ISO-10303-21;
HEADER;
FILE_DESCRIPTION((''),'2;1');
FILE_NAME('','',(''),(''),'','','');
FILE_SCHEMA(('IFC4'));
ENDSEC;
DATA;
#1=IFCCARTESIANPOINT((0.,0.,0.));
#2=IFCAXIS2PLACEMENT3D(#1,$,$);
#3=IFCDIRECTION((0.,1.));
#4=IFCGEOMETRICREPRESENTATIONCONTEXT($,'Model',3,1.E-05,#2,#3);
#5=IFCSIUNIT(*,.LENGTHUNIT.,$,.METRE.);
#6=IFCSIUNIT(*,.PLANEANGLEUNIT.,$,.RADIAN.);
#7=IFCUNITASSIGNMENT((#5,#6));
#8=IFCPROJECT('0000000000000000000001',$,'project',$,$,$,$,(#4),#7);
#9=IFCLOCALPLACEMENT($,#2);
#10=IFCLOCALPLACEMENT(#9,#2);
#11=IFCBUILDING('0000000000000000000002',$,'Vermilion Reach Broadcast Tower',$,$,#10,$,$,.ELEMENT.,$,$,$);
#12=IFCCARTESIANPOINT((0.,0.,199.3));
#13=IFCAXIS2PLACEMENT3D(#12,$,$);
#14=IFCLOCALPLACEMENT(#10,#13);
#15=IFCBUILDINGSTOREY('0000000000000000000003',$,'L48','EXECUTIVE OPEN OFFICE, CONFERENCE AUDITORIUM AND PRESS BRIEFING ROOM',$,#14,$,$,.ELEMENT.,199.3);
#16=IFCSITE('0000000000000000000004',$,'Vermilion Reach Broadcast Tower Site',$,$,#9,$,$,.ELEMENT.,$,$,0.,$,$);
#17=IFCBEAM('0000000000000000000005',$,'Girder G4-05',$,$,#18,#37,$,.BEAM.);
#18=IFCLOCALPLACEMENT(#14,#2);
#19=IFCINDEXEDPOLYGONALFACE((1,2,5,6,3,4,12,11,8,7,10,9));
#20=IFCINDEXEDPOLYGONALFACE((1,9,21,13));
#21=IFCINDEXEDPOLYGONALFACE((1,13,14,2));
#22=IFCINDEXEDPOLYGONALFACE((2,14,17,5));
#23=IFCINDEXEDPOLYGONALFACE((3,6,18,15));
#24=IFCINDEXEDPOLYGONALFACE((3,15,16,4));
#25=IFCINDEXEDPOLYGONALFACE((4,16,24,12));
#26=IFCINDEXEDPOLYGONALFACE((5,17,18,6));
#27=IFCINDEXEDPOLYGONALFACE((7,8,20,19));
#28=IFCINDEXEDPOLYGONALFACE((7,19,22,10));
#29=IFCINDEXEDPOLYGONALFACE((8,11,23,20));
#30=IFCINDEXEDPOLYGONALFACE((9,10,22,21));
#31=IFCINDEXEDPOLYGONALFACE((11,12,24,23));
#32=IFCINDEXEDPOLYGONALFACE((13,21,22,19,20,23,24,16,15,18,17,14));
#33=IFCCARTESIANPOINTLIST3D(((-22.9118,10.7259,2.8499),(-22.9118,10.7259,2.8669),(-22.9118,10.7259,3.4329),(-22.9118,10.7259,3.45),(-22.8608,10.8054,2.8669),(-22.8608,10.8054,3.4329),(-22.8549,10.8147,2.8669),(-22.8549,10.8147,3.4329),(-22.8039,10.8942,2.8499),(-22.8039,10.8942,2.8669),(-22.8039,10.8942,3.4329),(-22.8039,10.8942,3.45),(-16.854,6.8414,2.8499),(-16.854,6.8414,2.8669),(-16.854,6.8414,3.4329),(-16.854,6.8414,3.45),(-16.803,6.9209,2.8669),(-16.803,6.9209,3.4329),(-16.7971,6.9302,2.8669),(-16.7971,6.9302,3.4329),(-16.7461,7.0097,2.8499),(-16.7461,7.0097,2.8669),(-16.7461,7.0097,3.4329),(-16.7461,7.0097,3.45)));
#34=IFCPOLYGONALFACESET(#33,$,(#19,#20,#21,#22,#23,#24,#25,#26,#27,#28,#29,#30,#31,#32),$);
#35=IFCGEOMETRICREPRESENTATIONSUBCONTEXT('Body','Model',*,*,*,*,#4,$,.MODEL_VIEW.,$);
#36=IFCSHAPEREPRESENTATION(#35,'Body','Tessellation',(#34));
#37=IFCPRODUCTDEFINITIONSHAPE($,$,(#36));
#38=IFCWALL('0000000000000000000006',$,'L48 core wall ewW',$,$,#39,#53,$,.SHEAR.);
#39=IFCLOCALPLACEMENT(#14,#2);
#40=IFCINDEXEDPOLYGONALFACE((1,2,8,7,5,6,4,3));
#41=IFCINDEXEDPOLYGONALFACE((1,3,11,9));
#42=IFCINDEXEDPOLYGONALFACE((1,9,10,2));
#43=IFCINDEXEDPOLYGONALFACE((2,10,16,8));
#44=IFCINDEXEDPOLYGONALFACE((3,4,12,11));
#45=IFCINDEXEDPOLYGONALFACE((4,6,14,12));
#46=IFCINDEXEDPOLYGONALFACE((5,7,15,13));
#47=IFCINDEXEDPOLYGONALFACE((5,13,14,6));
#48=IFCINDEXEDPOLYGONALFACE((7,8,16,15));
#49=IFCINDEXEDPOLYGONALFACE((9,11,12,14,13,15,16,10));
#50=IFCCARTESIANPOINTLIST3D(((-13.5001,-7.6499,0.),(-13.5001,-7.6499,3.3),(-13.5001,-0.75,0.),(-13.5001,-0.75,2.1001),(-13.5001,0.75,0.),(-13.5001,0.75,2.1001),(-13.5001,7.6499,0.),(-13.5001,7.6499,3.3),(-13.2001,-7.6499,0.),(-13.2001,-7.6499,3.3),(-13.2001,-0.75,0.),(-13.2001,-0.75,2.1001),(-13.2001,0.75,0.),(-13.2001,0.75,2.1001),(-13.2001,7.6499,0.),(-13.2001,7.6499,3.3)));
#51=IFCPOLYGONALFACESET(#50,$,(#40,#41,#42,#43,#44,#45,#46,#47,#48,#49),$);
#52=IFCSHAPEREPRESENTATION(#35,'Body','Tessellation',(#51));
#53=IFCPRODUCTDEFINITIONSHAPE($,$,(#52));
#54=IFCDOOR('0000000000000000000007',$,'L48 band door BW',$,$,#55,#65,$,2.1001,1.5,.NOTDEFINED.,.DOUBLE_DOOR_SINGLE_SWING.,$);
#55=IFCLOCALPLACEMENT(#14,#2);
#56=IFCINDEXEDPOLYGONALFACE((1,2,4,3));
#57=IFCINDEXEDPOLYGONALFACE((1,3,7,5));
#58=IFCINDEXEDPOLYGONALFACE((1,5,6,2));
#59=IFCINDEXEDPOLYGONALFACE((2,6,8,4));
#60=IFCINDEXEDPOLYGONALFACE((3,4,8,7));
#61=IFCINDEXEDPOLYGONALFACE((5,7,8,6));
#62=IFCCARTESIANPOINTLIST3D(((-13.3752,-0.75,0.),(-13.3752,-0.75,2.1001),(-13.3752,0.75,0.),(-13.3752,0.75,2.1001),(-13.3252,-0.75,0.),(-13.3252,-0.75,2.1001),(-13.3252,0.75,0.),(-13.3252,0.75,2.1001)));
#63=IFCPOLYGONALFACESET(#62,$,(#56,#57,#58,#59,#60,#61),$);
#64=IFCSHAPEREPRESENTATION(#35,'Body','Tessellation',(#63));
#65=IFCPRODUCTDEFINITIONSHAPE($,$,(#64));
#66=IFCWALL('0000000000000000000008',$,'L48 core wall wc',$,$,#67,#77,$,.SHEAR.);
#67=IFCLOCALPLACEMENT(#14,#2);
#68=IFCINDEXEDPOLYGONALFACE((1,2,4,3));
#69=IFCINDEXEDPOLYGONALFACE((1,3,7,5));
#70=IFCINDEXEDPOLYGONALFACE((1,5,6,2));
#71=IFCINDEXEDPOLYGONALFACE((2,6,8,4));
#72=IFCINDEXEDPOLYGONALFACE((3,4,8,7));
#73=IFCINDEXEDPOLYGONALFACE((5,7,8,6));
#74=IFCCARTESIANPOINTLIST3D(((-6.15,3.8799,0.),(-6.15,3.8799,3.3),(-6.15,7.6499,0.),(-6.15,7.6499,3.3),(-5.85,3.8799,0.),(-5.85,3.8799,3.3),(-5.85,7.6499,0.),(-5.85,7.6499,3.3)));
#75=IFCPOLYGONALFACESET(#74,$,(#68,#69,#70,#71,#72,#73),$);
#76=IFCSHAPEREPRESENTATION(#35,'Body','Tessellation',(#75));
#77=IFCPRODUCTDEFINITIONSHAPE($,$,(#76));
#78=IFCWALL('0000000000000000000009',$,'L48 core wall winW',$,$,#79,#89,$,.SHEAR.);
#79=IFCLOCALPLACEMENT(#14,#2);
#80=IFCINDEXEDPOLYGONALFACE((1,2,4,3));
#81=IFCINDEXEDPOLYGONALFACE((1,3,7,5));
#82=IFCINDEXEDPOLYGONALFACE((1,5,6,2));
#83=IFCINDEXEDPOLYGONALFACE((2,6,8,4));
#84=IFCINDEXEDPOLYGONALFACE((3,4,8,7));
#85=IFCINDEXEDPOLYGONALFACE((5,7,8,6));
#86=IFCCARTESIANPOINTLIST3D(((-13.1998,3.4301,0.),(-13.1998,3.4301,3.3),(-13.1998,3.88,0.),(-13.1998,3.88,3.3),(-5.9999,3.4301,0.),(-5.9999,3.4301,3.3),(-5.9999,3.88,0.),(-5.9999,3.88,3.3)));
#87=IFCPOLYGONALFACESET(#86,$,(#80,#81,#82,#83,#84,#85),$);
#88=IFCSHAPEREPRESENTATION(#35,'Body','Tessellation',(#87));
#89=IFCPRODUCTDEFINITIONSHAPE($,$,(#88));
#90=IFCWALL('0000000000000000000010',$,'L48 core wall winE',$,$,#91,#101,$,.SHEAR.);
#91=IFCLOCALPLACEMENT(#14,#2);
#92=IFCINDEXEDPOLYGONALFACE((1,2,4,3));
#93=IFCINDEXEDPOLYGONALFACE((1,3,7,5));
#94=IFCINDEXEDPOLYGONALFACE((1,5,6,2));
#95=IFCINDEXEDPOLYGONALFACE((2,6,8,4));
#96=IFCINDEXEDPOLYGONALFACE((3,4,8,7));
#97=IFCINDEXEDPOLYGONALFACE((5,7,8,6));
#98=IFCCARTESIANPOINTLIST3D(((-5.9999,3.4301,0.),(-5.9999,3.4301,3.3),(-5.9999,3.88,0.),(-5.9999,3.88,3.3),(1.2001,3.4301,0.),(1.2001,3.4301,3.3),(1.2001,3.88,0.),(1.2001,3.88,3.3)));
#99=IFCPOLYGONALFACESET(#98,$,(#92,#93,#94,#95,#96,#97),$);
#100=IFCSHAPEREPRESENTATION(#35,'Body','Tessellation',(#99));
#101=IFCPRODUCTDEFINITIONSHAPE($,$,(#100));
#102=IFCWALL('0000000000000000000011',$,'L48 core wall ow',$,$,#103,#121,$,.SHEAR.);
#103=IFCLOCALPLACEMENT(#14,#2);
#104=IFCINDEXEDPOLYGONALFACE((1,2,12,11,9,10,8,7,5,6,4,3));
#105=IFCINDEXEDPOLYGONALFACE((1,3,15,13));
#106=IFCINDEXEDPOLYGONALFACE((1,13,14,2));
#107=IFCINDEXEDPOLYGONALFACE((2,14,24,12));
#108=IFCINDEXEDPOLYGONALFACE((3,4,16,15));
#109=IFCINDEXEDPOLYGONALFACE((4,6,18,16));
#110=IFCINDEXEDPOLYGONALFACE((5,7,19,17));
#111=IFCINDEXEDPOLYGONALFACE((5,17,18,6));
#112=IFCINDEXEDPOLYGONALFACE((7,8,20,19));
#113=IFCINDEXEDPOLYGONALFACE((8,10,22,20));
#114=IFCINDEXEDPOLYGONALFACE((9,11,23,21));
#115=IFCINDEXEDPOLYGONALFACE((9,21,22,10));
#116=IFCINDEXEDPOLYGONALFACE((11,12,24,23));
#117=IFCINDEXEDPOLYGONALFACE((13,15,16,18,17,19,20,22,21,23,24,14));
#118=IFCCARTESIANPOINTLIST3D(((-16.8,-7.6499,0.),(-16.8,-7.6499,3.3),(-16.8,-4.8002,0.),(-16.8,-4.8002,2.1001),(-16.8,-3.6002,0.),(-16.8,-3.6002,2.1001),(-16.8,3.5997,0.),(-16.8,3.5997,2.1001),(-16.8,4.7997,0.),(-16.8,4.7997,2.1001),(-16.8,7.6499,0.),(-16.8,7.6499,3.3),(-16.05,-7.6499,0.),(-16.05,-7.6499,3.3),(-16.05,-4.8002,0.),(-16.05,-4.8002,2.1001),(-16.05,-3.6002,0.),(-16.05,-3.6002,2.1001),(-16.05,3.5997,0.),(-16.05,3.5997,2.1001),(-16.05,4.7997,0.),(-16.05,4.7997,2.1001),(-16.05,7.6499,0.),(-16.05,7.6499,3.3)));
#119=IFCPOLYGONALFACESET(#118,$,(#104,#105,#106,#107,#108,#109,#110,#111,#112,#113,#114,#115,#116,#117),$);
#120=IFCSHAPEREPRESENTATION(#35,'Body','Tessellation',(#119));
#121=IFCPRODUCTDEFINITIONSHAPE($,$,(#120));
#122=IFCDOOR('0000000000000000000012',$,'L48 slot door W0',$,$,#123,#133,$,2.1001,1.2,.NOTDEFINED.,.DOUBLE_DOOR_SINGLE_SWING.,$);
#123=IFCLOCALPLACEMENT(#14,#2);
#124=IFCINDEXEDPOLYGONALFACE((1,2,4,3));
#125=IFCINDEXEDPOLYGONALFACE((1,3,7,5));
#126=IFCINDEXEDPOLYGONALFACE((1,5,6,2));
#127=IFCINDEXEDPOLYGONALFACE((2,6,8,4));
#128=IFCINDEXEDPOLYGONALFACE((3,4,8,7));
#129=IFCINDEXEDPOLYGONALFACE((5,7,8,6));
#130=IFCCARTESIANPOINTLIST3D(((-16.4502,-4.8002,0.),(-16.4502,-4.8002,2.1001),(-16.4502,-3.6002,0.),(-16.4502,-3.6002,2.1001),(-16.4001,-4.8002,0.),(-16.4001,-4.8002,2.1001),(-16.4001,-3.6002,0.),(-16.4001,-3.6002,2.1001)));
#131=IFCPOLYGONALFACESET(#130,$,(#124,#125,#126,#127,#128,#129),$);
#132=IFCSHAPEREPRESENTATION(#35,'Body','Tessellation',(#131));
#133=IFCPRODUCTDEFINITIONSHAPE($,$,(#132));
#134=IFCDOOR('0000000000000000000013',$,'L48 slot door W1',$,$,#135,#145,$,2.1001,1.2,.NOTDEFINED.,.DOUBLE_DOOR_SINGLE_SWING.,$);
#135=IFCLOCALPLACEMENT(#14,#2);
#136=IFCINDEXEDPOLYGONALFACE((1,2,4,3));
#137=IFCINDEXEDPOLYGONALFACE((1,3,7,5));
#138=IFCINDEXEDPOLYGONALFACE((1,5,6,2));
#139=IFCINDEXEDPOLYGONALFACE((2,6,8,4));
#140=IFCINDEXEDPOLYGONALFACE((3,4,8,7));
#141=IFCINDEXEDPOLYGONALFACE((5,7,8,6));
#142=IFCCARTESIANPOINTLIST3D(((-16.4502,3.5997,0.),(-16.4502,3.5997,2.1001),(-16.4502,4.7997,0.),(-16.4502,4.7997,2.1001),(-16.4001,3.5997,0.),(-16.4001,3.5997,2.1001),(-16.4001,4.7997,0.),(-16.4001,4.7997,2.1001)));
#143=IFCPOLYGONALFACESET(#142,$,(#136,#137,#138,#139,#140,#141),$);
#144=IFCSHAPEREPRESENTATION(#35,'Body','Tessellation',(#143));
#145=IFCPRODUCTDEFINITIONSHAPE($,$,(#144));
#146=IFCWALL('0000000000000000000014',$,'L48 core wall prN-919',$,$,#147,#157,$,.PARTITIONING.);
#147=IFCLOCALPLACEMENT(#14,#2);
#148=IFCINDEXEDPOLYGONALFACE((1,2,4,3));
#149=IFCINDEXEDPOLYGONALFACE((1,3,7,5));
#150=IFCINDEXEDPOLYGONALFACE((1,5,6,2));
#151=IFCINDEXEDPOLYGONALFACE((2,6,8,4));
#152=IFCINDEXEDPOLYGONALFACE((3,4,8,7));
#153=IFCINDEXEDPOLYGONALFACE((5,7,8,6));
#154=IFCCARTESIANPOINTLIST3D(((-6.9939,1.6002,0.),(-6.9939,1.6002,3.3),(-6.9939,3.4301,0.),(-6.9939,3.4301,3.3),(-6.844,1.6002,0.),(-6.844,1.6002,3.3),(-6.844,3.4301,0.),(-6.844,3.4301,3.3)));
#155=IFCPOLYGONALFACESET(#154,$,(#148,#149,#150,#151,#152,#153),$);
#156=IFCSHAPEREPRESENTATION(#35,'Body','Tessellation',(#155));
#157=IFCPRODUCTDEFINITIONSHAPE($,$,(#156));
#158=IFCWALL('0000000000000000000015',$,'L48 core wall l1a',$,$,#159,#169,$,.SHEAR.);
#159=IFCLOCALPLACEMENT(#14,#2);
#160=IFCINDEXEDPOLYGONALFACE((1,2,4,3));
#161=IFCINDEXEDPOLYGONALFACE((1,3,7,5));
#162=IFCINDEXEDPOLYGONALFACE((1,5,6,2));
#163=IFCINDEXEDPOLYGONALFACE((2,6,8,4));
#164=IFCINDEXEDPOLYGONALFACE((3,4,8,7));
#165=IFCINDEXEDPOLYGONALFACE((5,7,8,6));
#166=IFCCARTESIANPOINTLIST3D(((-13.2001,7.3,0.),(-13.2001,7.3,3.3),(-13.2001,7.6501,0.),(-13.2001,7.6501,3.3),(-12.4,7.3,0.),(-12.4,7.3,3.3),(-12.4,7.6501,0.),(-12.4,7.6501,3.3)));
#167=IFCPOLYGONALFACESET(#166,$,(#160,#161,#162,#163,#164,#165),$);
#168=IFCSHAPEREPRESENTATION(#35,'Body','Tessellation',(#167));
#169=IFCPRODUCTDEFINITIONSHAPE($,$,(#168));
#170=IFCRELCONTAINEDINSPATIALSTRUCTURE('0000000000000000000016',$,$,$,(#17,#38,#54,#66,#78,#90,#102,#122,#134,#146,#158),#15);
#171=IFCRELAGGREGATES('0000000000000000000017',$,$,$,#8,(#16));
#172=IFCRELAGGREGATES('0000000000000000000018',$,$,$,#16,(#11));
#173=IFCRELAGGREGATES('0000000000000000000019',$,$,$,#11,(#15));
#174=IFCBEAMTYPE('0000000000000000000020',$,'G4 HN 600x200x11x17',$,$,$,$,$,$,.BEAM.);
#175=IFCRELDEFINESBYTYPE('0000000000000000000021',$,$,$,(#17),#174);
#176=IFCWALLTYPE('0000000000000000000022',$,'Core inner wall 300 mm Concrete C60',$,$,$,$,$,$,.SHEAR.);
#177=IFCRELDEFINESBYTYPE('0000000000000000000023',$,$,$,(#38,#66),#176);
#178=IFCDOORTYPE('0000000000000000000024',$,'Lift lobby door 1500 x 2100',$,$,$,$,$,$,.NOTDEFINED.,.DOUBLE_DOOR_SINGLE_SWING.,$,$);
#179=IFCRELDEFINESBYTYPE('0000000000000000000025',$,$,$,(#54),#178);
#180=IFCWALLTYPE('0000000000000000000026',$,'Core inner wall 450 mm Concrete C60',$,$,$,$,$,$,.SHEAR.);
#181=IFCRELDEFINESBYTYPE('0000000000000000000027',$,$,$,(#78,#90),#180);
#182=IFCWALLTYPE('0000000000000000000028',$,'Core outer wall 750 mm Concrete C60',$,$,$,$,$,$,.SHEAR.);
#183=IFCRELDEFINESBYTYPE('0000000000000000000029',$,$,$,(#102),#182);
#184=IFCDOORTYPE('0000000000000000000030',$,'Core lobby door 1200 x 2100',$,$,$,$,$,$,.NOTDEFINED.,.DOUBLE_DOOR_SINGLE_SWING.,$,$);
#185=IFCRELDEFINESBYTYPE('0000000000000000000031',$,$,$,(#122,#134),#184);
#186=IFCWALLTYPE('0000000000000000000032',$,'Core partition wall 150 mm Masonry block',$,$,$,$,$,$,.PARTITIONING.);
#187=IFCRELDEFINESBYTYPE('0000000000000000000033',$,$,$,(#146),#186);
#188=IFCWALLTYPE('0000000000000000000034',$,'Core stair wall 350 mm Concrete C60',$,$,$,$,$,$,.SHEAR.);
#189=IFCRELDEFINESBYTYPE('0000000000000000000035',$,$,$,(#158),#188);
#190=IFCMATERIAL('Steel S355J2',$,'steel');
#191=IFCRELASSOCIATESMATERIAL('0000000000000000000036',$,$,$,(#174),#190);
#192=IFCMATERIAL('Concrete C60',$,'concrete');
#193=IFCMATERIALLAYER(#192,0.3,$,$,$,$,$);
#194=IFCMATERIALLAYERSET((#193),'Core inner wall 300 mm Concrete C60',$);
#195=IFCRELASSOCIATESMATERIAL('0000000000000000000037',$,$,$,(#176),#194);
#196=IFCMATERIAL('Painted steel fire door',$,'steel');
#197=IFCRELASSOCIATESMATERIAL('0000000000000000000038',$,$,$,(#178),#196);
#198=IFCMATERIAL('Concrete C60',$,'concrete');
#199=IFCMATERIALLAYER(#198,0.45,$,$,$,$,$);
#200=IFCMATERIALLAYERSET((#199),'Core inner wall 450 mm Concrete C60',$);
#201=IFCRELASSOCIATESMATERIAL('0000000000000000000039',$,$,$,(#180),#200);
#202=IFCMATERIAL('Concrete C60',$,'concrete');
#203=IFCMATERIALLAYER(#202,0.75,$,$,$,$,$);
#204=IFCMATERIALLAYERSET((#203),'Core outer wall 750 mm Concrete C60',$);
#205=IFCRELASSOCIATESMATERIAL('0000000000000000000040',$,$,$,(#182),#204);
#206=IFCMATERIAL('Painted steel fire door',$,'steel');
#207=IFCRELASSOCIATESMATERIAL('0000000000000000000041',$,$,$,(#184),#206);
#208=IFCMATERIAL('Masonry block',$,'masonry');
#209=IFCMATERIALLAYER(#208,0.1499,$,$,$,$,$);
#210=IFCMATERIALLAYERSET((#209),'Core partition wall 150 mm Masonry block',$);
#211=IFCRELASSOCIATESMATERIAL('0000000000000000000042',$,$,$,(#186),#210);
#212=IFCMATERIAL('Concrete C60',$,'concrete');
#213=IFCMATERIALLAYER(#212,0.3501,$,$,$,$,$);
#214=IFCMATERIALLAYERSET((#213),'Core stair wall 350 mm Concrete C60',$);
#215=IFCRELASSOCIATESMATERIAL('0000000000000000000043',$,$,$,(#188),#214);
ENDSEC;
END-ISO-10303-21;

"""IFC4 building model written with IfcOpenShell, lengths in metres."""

from ifc_helpers import new_model, si_unit, direction, frame, frame_2d, origin, origin_2d, place, context, subcontext, project, spatial, rectangle, i_section, extrude, material, layer, layer_set, material_profile, profile_set, type_object, element, fill, save


model = new_model("IFC4")

# Units and contexts
model_context = context("Model", 3, precision=1e-05, world=origin(), true_north=direction((0.0, 1.0)))
body_context = subcontext(model_context, "Body", "Model", "MODEL_VIEW")
ifc_project = project(units=[si_unit("LENGTHUNIT", "METRE"), si_unit("PLANEANGLEUNIT", "RADIAN")], contexts=[model_context])

# Site, building, storey
site_placement = place(None, origin())
site = spatial("IfcSite", under=ifc_project, at=site_placement, Name="Vermilion Reach Broadcast Tower Site", CompositionType="ELEMENT", RefElevation=0.0)
building_placement = place(site_placement, origin())
building = spatial("IfcBuilding", under=site, at=building_placement, Name="Vermilion Reach Broadcast Tower", CompositionType="ELEMENT")
storey_placement = place(building_placement, frame((0.0, 0.0, 199.3)))
storey = spatial("IfcBuildingStorey", under=building, at=storey_placement, Name="L48", Description="EXECUTIVE OPEN OFFICE, CONFERENCE AUDITORIUM AND PRESS BRIEFING ROOM", CompositionType="ELEMENT", Elevation=199.3)

# Beam
ifc_material_1 = material(Name="Steel S355J2", Category="steel")
ifc_material_profile = material_profile(ifc_material_1, i_section(OverallWidth=0.2, OverallDepth=0.6001, WebThickness=0.011, FlangeThickness=0.0171, at=origin_2d()), Name="S355J2 HN 600x200x11x17")
ifc_profile_set = profile_set([ifc_material_profile], Name="Steel S355J2")
beam_type = type_object("IfcBeamType", Name="G4 HN 600x200x11x17", PredefinedType="BEAM", material=ifc_profile_set)
beam_placement = place(storey_placement, frame((-16.8, 6.9255, 3.1499), z_axis=(-0.841799, 0.539792, 0.0), x_axis=(-0.539792, -0.841799, 0.0)))
element("IfcBeam", 1, at=beam_placement, inside=storey, type_object=beam_type, Name="Girder G4-05", PredefinedType="BEAM", context=body_context, shape_type="SweptSolid", body=[
    extrude(i_section(OverallWidth=0.2, OverallDepth=0.6001, WebThickness=0.011, FlangeThickness=0.0171, at=origin_2d()), origin(), (0.0, 0.0, 1.0), 7.1963),
])

# Wall, opening, door
ifc_material_2 = material(Name="Concrete C60", Category="concrete")
ifc_layer_1 = layer(ifc_material_2, 0.3)
ifc_layer_set_1 = layer_set([ifc_layer_1], Name="Core inner wall 300 mm Concrete C60")
wall_type_1 = type_object("IfcWallType", Name="Core inner wall 300 mm Concrete C60", PredefinedType="SHEAR", material=ifc_layer_set_1)
wall_1_placement = place(storey_placement, frame((-13.3501, 7.6499, 0.0), z_axis=(0.0, 0.0, 1.0), x_axis=(0.0, -1.0, 0.0)))
wall_1 = element("IfcWall", 2, at=wall_1_placement, inside=storey, type_object=wall_type_1, Name="L48 core wall ewW", PredefinedType="SHEAR", context=body_context, shape_type="SweptSolid", body=[
    extrude(rectangle(XDim=15.2998, YDim=0.3, at=frame_2d((7.6499, 0.0))), origin(), (0.0, 0.0, 1.0), 3.3),
])
opening_1_placement = place(wall_1_placement, frame((6.8999, 0.0, 0.0)))
opening_1 = element("IfcOpeningElement", 3, at=opening_1_placement, cuts=wall_1, PredefinedType="OPENING", context=body_context, shape_type="SweptSolid", body=[
    extrude(rectangle(XDim=1.5, YDim=2.1001, at=frame_2d((0.75, 1.05))), frame((0.0, 0.1599, 0.0), z_axis=(0.0, -1.0, 0.0), x_axis=(1.0, 0.0, 0.0)), (0.0, 0.0, 1.0), 0.3201),
])
ifc_material_3 = material(Name="Painted steel fire door", Category="steel")
door_type_1 = type_object("IfcDoorType", Name="Lift lobby door 1500 x 2100", OperationType="DOUBLE_DOOR_SINGLE_SWING", PredefinedType="NOTDEFINED", material=ifc_material_3)
door_1_placement = place(opening_1_placement, origin())
door_1 = element("IfcDoor", 4, at=door_1_placement, inside=storey, type_object=door_type_1, Name="L48 band door BW", OperationType="DOUBLE_DOOR_SINGLE_SWING", OverallHeight=2.1001, OverallWidth=1.5, PredefinedType="NOTDEFINED", context=body_context, shape_type="SweptSolid", body=[
    extrude(rectangle(XDim=1.5, YDim=2.1001, at=frame_2d((0.75, 1.05))), frame((0.0, 0.0249, 0.0), z_axis=(0.0, -1.0, 0.0), x_axis=(1.0, 0.0, 0.0)), (0.0, 0.0, 1.0), 0.05),
])
fill(opening_1, door_1)

# Walls
wall_2_placement = place(storey_placement, frame((-6.0, 3.8799, 0.0), z_axis=(0.0, 0.0, 1.0), x_axis=(0.0, 1.0, 0.0)))
element("IfcWall", 5, at=wall_2_placement, inside=storey, type_object=wall_type_1, Name="L48 core wall wc", PredefinedType="SHEAR", context=body_context, shape_type="SweptSolid", body=[
    extrude(rectangle(XDim=3.77, YDim=0.3, at=frame_2d((1.885, 0.0))), origin(), (0.0, 0.0, 1.0), 3.3),
])
ifc_material_4 = material(Name="Concrete C60", Category="concrete")
ifc_layer_2 = layer(ifc_material_4, 0.45)
ifc_layer_set_2 = layer_set([ifc_layer_2], Name="Core inner wall 450 mm Concrete C60")
wall_type_2 = type_object("IfcWallType", Name="Core inner wall 450 mm Concrete C60", PredefinedType="SHEAR", material=ifc_layer_set_2)
for number, where, z_axis, x_axis, name in (
    (6, (-13.2, 3.655, 0.0), (0.0, 0.0, 1.0), (1.0, 0.0, 0.0), "L48 core wall winW"),
    (7, (-6.0, 3.655, 0.0), (0.0, 0.0, 1.0), (1.0, 0.0, 0.0), "L48 core wall winE"),
):
    element("IfcWall", number, at=place(storey_placement, frame(where, z_axis=z_axis, x_axis=x_axis)), inside=storey, type_object=wall_type_2, Name=name, PredefinedType="SHEAR", context=body_context, shape_type="SweptSolid", body=[
        extrude(rectangle(XDim=7.2, YDim=0.45, at=frame_2d((3.6001, 0.0))), origin(), (0.0, 0.0, 1.0), 3.3),
    ])

# Wall, openings, doors
ifc_material_5 = material(Name="Concrete C60", Category="concrete")
ifc_layer_3 = layer(ifc_material_5, 0.75)
ifc_layer_set_3 = layer_set([ifc_layer_3], Name="Core outer wall 750 mm Concrete C60")
wall_type_3 = type_object("IfcWallType", Name="Core outer wall 750 mm Concrete C60", PredefinedType="SHEAR", material=ifc_layer_set_3)
wall_3_placement = place(storey_placement, frame((-16.425, 7.6499, 0.0), z_axis=(0.0, 0.0, 1.0), x_axis=(0.0, -1.0, 0.0)))
wall_3 = element("IfcWall", 8, at=wall_3_placement, inside=storey, type_object=wall_type_3, Name="L48 core wall ow", PredefinedType="SHEAR", context=body_context, shape_type="SweptSolid", body=[
    extrude(rectangle(XDim=15.2998, YDim=0.75, at=frame_2d((7.6499, 0.0))), origin(), (0.0, 0.0, 1.0), 3.3),
])
opening_2_placement = place(wall_3_placement, frame((11.25, 0.0, 0.0)))
opening_2 = element("IfcOpeningElement", 9, at=opening_2_placement, cuts=wall_3, PredefinedType="OPENING", context=body_context, shape_type="SweptSolid", body=[
    extrude(rectangle(XDim=1.2, YDim=2.1001, at=frame_2d((0.6001, 1.05))), frame((0.0, 0.385, 0.0), z_axis=(0.0, -1.0, 0.0), x_axis=(1.0, 0.0, 0.0)), (0.0, 0.0, 1.0), 0.77),
])
opening_3_placement = place(wall_3_placement, frame((2.8501, 0.0, 0.0)))
opening_3 = element("IfcOpeningElement", 10, at=opening_3_placement, cuts=wall_3, PredefinedType="OPENING", context=body_context, shape_type="SweptSolid", body=[
    extrude(rectangle(XDim=1.2, YDim=2.1001, at=frame_2d((0.6001, 1.05))), frame((0.0, 0.385, 0.0), z_axis=(0.0, -1.0, 0.0), x_axis=(1.0, 0.0, 0.0)), (0.0, 0.0, 1.0), 0.77),
])
ifc_material_6 = material(Name="Painted steel fire door", Category="steel")
door_type_2 = type_object("IfcDoorType", Name="Core lobby door 1200 x 2100", OperationType="DOUBLE_DOOR_SINGLE_SWING", PredefinedType="NOTDEFINED", material=ifc_material_6)
door_2_placement = place(opening_2_placement, origin())
door_2 = element("IfcDoor", 11, at=door_2_placement, inside=storey, type_object=door_type_2, Name="L48 slot door W0", OperationType="DOUBLE_DOOR_SINGLE_SWING", OverallHeight=2.1001, OverallWidth=1.2, PredefinedType="NOTDEFINED", context=body_context, shape_type="SweptSolid", body=[
    extrude(rectangle(XDim=1.2, YDim=2.1001, at=frame_2d((0.6001, 1.05))), frame((0.0, 0.0249, 0.0), z_axis=(0.0, -1.0, 0.0), x_axis=(1.0, 0.0, 0.0)), (0.0, 0.0, 1.0), 0.05),
])
fill(opening_2, door_2)
door_3_placement = place(opening_3_placement, origin())
door_3 = element("IfcDoor", 12, at=door_3_placement, inside=storey, type_object=door_type_2, Name="L48 slot door W1", OperationType="DOUBLE_DOOR_SINGLE_SWING", OverallHeight=2.1001, OverallWidth=1.2, PredefinedType="NOTDEFINED", context=body_context, shape_type="SweptSolid", body=[
    extrude(rectangle(XDim=1.2, YDim=2.1001, at=frame_2d((0.6001, 1.05))), frame((0.0, 0.0249, 0.0), z_axis=(0.0, -1.0, 0.0), x_axis=(1.0, 0.0, 0.0)), (0.0, 0.0, 1.0), 0.05),
])
fill(opening_3, door_3)

# Walls
ifc_material_7 = material(Name="Masonry block", Category="masonry")
ifc_layer_4 = layer(ifc_material_7, 0.1499)
ifc_layer_set_4 = layer_set([ifc_layer_4], Name="Core partition wall 150 mm Masonry block")
wall_type_4 = type_object("IfcWallType", Name="Core partition wall 150 mm Masonry block", PredefinedType="PARTITIONING", material=ifc_layer_set_4)
wall_4_placement = place(storey_placement, frame((-6.9189, 1.6001, 0.0), z_axis=(0.0, 0.0, 1.0), x_axis=(0.0, 1.0, 0.0)))
element("IfcWall", 13, at=wall_4_placement, inside=storey, type_object=wall_type_4, Name="L48 core wall prN-919", PredefinedType="PARTITIONING", context=body_context, shape_type="SweptSolid", body=[
    extrude(rectangle(XDim=1.8298, YDim=0.1499, at=frame_2d((0.915, 0.0))), origin(), (0.0, 0.0, 1.0), 3.3),
])
ifc_material_8 = material(Name="Concrete C60", Category="concrete")
ifc_layer_5 = layer(ifc_material_8, 0.3501)
ifc_layer_set_5 = layer_set([ifc_layer_5], Name="Core stair wall 350 mm Concrete C60")
wall_type_5 = type_object("IfcWallType", Name="Core stair wall 350 mm Concrete C60", PredefinedType="SHEAR", material=ifc_layer_set_5)
wall_5_placement = place(storey_placement, frame((-13.2, 7.4751, 0.0), z_axis=(0.0, 0.0, 1.0), x_axis=(1.0, 0.0, 0.0)))
element("IfcWall", 14, at=wall_5_placement, inside=storey, type_object=wall_type_5, Name="L48 core wall l1a", PredefinedType="SHEAR", context=body_context, shape_type="SweptSolid", body=[
    extrude(rectangle(XDim=0.8, YDim=0.3501, at=frame_2d((0.3999, 0.0))), origin(), (0.0, 0.0, 1.0), 3.3),
])

save(model, "model.ifc")
